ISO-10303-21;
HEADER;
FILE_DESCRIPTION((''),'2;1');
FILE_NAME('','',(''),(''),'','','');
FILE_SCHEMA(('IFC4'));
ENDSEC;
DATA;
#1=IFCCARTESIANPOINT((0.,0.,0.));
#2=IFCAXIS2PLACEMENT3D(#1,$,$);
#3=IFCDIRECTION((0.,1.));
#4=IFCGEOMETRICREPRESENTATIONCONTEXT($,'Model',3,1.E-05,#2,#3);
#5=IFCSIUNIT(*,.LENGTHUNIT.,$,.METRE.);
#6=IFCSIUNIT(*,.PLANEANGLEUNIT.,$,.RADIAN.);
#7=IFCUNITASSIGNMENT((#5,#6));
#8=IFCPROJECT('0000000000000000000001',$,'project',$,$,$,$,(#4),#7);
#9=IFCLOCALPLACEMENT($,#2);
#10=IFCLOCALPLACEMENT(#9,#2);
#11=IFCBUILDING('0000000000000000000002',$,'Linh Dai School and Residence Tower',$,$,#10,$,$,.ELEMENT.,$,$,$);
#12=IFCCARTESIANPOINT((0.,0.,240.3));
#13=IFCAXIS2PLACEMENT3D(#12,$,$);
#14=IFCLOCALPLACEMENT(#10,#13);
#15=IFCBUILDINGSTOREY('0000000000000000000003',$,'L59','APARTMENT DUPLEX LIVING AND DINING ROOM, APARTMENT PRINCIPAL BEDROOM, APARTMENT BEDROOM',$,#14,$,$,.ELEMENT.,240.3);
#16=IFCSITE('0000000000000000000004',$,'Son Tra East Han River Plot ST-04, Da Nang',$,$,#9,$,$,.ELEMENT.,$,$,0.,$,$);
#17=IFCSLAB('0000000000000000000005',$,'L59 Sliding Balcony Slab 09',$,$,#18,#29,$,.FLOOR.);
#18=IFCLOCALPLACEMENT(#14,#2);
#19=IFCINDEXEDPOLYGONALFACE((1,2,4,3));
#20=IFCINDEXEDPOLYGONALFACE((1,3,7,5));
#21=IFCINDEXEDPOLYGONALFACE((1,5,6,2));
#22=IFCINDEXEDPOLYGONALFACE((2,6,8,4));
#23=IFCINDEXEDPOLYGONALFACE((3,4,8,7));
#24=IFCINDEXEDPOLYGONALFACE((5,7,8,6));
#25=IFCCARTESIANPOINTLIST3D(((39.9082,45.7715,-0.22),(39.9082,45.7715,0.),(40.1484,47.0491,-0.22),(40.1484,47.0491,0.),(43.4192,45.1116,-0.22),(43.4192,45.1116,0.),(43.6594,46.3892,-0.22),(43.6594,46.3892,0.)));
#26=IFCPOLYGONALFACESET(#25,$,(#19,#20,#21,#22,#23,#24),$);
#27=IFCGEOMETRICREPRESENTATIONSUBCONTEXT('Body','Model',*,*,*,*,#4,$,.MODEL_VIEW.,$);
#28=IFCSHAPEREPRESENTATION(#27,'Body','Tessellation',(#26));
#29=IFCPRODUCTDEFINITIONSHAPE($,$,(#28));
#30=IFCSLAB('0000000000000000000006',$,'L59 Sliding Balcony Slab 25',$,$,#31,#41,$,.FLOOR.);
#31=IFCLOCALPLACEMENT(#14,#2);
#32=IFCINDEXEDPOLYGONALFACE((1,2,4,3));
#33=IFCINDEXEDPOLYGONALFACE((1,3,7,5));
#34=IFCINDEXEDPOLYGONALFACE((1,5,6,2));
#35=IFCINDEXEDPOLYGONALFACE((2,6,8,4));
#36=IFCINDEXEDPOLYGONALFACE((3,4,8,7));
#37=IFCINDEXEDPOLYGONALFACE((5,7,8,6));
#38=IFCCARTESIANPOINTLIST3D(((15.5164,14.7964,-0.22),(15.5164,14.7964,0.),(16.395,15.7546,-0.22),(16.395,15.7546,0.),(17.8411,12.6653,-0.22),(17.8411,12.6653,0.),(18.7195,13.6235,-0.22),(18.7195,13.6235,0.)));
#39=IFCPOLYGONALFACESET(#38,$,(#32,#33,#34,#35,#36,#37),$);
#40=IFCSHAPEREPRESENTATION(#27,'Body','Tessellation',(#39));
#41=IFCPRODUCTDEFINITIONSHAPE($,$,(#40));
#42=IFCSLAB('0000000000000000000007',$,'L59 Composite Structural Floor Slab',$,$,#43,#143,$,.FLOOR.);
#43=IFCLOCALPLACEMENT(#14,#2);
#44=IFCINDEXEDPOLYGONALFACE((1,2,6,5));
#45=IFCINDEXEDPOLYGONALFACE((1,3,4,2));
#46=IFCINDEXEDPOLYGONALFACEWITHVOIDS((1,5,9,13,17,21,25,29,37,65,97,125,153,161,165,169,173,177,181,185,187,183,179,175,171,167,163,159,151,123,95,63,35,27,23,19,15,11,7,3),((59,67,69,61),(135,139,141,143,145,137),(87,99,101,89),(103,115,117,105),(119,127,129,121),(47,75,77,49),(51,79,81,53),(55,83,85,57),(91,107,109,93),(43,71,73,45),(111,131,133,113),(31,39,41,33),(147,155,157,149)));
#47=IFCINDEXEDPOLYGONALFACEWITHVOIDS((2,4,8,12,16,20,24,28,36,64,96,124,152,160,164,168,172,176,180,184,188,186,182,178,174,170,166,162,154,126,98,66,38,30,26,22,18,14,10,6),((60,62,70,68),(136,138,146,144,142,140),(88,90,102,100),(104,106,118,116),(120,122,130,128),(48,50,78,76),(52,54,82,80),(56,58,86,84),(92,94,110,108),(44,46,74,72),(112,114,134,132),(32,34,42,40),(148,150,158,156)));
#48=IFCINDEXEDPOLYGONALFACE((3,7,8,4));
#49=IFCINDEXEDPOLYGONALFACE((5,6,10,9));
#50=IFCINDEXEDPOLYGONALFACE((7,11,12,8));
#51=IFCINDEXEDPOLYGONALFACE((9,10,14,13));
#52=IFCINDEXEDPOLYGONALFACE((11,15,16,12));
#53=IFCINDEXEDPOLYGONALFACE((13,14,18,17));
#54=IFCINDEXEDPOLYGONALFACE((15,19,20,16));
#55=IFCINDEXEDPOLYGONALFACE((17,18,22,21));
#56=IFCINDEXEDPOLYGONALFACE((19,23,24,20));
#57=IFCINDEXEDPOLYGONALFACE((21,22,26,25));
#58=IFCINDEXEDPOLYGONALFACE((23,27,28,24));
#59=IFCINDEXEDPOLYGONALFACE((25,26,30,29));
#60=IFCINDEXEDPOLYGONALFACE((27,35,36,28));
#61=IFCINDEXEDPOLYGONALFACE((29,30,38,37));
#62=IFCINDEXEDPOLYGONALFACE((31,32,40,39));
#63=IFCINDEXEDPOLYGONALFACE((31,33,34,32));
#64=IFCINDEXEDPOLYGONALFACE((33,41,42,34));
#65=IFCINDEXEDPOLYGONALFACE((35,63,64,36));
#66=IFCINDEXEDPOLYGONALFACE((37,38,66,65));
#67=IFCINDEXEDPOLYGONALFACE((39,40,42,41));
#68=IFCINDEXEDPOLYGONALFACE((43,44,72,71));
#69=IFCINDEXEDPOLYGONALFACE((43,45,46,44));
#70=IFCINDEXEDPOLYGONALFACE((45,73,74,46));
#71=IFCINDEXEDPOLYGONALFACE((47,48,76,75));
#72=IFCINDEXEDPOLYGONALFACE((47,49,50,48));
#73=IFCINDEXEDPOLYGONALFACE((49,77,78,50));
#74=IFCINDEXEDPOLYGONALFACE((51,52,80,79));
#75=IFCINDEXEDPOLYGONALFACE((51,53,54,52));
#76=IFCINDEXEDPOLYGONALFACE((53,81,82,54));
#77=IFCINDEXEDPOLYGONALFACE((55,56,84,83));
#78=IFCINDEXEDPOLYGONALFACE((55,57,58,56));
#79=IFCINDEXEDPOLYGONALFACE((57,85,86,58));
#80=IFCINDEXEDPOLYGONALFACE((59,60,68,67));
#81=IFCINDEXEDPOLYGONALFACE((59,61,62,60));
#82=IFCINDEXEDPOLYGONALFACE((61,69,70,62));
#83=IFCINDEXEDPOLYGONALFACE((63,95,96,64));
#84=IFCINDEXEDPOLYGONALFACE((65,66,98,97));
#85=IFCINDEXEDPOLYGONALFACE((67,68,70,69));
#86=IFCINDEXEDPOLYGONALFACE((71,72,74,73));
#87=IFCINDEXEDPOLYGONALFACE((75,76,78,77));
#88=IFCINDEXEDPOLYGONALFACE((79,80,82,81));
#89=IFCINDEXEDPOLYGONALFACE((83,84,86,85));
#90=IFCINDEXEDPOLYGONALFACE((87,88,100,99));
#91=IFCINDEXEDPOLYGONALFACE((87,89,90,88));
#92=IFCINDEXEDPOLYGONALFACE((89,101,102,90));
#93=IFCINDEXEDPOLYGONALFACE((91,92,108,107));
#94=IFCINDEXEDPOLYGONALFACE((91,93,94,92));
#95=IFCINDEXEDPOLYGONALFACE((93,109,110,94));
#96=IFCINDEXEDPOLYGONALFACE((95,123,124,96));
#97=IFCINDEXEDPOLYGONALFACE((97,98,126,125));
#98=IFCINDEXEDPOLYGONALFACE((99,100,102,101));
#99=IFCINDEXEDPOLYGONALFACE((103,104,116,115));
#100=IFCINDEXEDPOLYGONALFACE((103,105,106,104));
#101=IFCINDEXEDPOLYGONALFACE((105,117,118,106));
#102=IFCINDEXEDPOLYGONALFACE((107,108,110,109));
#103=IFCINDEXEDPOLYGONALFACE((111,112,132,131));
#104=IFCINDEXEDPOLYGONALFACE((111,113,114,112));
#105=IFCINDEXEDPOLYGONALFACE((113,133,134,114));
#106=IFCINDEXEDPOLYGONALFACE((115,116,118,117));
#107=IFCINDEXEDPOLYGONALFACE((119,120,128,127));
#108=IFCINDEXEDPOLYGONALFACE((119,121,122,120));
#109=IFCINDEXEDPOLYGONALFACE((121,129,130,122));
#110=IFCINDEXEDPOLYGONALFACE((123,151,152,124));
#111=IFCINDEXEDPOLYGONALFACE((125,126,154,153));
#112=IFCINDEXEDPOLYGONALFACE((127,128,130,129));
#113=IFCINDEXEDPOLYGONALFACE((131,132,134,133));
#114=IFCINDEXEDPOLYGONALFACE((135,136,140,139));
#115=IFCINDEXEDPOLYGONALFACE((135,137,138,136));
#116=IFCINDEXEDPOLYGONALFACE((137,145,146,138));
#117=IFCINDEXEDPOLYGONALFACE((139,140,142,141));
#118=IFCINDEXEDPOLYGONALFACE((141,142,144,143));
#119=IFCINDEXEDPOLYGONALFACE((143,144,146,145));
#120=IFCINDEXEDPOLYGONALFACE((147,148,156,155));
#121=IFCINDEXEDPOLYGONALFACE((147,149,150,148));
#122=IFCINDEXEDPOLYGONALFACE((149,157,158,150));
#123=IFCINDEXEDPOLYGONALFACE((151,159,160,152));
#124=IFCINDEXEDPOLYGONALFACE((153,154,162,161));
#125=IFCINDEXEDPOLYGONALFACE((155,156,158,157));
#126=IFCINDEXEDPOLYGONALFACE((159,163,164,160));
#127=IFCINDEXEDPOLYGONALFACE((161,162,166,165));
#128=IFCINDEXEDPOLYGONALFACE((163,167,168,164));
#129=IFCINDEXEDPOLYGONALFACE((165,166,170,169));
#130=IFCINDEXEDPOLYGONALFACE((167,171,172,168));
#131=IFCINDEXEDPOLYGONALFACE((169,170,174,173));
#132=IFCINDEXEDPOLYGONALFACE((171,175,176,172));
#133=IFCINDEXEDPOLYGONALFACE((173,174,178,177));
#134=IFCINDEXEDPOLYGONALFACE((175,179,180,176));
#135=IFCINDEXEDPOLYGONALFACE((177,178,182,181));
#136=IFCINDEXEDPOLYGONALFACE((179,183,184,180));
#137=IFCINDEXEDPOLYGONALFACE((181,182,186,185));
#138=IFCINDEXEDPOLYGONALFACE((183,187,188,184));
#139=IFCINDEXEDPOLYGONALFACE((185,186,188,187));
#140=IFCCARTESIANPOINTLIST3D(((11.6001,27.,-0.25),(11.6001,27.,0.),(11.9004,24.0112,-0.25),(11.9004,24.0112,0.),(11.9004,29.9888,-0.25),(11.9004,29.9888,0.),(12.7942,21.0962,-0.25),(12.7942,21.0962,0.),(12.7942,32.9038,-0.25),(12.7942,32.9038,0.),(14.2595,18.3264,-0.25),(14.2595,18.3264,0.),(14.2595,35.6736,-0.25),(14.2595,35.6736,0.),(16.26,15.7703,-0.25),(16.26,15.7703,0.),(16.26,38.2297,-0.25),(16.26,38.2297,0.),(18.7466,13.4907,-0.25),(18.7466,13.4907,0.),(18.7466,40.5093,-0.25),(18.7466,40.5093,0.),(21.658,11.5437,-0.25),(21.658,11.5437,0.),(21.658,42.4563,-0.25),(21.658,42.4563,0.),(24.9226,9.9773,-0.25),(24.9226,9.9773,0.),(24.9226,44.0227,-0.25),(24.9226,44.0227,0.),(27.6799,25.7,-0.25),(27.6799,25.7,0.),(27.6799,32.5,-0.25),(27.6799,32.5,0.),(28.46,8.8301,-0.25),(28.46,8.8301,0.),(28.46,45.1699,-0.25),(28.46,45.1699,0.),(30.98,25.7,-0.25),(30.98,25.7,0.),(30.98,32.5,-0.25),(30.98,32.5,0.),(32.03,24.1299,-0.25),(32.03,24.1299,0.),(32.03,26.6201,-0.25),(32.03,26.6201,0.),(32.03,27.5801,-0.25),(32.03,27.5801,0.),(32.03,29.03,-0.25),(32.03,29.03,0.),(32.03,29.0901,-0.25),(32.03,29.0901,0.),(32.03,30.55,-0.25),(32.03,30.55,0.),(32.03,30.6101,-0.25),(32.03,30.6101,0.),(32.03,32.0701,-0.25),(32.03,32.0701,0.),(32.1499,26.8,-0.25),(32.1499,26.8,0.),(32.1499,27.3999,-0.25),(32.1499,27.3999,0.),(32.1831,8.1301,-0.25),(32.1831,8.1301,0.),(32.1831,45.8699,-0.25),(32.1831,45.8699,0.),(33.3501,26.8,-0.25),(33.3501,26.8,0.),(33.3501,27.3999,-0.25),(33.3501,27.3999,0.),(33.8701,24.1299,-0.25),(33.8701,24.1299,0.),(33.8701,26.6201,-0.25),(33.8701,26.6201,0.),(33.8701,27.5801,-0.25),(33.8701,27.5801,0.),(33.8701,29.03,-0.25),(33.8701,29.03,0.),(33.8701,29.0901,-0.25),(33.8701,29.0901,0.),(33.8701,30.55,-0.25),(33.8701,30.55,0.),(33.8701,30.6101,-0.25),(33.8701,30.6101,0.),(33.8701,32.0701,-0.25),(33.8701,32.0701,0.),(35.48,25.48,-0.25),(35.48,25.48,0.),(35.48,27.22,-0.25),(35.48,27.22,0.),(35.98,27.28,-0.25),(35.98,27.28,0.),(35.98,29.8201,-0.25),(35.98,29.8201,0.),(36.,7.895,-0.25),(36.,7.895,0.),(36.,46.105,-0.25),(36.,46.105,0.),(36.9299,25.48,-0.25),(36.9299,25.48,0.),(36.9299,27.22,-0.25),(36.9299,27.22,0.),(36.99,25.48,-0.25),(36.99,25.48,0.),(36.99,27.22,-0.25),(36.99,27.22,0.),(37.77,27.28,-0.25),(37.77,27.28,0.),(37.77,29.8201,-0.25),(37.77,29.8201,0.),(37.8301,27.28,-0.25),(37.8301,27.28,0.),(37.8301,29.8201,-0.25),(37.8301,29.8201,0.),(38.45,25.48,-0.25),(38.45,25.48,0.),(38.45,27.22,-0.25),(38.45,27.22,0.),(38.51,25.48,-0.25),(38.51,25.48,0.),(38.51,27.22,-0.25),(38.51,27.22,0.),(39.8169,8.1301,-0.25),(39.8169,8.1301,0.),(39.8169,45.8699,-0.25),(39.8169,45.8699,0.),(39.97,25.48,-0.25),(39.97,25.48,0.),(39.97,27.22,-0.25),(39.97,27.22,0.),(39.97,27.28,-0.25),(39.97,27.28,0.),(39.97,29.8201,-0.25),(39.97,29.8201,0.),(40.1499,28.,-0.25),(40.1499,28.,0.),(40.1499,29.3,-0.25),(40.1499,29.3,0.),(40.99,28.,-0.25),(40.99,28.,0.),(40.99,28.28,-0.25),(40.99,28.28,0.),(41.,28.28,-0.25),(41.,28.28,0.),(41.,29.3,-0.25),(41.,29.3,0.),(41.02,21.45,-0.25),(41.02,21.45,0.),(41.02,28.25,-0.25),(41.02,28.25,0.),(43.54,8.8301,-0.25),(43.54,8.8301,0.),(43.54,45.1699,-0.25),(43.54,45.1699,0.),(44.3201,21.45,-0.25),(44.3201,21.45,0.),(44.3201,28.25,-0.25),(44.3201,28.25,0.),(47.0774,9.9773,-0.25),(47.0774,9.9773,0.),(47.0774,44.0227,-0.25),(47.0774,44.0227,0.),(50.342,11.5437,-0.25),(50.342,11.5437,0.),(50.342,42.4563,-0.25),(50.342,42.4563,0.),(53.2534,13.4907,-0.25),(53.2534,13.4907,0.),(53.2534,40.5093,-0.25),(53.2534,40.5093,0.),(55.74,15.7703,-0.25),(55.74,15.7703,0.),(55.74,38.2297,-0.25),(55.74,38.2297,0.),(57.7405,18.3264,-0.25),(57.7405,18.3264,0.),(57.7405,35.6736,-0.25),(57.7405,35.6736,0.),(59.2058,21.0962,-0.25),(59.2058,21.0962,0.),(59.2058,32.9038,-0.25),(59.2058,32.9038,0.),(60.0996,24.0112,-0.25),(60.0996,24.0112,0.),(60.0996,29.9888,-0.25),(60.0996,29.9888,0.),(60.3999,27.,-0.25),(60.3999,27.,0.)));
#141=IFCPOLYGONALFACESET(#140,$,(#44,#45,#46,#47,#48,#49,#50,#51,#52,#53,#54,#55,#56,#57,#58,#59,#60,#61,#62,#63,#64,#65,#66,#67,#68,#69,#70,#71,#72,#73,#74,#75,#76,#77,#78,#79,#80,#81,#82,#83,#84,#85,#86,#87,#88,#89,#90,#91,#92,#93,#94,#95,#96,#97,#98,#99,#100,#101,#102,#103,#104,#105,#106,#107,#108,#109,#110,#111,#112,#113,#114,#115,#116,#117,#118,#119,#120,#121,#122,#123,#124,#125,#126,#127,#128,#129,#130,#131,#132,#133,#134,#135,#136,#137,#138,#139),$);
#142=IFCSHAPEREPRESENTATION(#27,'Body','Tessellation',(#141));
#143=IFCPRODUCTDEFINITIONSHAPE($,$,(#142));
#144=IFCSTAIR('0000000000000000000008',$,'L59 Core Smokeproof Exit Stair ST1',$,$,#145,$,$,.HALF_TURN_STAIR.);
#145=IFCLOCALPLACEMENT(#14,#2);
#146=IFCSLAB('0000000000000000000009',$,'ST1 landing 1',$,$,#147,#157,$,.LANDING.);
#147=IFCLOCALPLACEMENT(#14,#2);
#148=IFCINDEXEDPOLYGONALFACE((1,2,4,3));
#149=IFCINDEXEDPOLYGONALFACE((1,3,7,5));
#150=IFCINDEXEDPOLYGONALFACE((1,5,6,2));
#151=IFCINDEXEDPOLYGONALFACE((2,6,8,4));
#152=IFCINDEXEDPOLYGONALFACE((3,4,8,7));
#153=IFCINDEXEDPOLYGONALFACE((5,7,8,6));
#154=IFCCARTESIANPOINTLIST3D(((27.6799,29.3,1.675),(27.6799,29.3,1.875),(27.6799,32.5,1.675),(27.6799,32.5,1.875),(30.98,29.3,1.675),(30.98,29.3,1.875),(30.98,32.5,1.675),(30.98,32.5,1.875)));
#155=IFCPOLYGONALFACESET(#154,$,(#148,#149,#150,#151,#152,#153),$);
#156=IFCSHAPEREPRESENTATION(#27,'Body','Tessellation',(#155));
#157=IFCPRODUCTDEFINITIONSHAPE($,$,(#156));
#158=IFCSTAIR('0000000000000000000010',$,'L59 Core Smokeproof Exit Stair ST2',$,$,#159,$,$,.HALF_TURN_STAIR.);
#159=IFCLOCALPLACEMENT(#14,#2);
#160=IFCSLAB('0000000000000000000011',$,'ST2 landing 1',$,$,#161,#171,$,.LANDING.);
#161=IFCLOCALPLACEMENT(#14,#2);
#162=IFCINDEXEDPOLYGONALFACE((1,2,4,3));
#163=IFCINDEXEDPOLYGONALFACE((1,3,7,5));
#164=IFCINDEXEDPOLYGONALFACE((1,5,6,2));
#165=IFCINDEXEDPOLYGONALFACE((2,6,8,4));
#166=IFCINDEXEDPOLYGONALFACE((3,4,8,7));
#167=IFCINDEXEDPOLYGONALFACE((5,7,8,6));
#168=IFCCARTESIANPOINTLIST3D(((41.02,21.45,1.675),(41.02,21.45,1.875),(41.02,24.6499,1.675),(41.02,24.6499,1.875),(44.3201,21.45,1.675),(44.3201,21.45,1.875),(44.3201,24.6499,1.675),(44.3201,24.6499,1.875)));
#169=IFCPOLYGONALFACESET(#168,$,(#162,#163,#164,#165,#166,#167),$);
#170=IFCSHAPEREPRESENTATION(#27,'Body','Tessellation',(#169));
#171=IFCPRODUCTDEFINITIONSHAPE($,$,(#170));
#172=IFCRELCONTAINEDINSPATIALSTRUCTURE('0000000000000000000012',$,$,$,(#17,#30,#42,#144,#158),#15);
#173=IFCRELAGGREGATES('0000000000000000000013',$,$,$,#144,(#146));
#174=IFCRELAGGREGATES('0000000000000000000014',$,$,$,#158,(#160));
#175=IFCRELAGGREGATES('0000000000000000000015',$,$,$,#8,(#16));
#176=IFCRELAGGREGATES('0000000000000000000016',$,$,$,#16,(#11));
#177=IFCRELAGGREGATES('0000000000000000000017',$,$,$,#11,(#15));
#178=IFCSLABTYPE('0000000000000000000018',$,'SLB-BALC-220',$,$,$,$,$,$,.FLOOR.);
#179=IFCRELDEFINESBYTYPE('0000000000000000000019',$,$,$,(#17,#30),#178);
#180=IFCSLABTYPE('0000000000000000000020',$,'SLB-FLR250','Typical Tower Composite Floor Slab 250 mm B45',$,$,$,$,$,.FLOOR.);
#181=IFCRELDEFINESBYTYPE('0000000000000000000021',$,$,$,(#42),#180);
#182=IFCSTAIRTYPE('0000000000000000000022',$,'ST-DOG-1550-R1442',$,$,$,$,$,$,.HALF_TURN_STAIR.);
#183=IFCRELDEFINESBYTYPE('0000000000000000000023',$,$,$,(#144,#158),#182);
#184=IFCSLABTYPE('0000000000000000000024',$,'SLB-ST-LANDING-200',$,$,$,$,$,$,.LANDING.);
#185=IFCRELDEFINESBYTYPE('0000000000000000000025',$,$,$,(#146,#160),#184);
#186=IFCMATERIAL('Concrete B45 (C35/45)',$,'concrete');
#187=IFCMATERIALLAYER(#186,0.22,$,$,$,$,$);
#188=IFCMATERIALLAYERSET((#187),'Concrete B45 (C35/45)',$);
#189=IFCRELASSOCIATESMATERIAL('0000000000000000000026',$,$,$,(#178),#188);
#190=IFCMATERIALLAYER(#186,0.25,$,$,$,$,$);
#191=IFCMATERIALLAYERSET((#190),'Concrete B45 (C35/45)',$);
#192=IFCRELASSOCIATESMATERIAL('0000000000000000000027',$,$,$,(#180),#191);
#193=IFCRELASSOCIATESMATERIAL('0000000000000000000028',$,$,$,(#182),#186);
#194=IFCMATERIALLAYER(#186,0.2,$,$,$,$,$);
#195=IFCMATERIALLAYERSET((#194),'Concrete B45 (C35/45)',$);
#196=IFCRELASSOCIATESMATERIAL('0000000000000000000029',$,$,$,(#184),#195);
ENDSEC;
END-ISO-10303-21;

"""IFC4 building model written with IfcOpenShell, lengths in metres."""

from ifc_helpers import new_model, si_unit, direction, frame, origin, place, context, subcontext, project, spatial, polyline, outline, extrude, material, layer, layer_set, type_object, element, aggregate, save


model = new_model("IFC4")

# Units and contexts
model_context = context("Model", 3, precision=1e-05, world=origin(), true_north=direction((0.0, 1.0)))
body_context = subcontext(model_context, "Body", "Model", "MODEL_VIEW")
ifc_project = project(units=[si_unit("LENGTHUNIT", "METRE"), si_unit("PLANEANGLEUNIT", "RADIAN")], contexts=[model_context])

# Site, building, storey
site_placement = place(None, origin())
site = spatial("IfcSite", under=ifc_project, at=site_placement, Name="Son Tra East Han River Plot ST-04, Da Nang", CompositionType="ELEMENT", RefElevation=0.0)
building_placement = place(site_placement, origin())
building = spatial("IfcBuilding", under=site, at=building_placement, Name="Linh Dai School and Residence Tower", CompositionType="ELEMENT")
storey_placement = place(building_placement, frame((0.0, 0.0, 240.3)))
storey = spatial("IfcBuildingStorey", under=building, at=storey_placement, Name="L59", Description="APARTMENT DUPLEX LIVING AND DINING ROOM, APARTMENT PRINCIPAL BEDROOM, APARTMENT BEDROOM", CompositionType="ELEMENT", Elevation=240.3)

# Slabs
ifc_material_1 = material(Name="Concrete B45 (C35/45)", Category="concrete")
ifc_layer_1 = layer(ifc_material_1, 0.22)
ifc_layer_set_1 = layer_set([ifc_layer_1], Name="Concrete B45 (C35/45)")
slab_type_1 = type_object("IfcSlabType", Name="SLB-BALC-220", PredefinedType="FLOOR", material=ifc_layer_set_1)
slab_1_placement = place(storey_placement, frame((0.0, 0.0, -0.22)))
element("IfcSlab", 1, at=slab_1_placement, inside=storey, type_object=slab_type_1, Name="L59 Sliding Balcony Slab 09", PredefinedType="FLOOR", context=body_context, shape_type="SweptSolid", body=[
    extrude(outline(polyline([(39.9082, 45.7715), (43.4192, 45.1116), (43.6594, 46.3892), (40.1484, 47.0491), (39.9082, 45.7715)])), origin(), (0.0, 0.0, 1.0), 0.22),
])
slab_2_placement = place(storey_placement, frame((0.0, 0.0, -0.22)))
element("IfcSlab", 2, at=slab_2_placement, inside=storey, type_object=slab_type_1, Name="L59 Sliding Balcony Slab 25", PredefinedType="FLOOR", context=body_context, shape_type="SweptSolid", body=[
    extrude(outline(polyline([(18.7195, 13.6235), (16.395, 15.7546), (15.5164, 14.7964), (17.8411, 12.6653), (18.7195, 13.6235)])), origin(), (0.0, 0.0, 1.0), 0.22),
])
ifc_layer_2 = layer(ifc_material_1, 0.25)
ifc_layer_set_2 = layer_set([ifc_layer_2], Name="Concrete B45 (C35/45)")
slab_type_2 = type_object("IfcSlabType", Name="SLB-FLR250", Description="Typical Tower Composite Floor Slab 250 mm B45", PredefinedType="FLOOR", material=ifc_layer_set_2)
slab_3_placement = place(storey_placement, frame((0.0, 0.0, -0.25)))
element("IfcSlab", 3, at=slab_3_placement, inside=storey, type_object=slab_type_2, Name="L59 Composite Structural Floor Slab", PredefinedType="FLOOR", context=body_context, shape_type="SweptSolid", body=[
    extrude(outline(polyline([(60.3999, 27.0), (60.0996, 29.9888), (59.2058, 32.9038), (57.7405, 35.6736), (55.74, 38.2297), (53.2534, 40.5093), (50.342, 42.4563), (47.0774, 44.0227), (43.54, 45.1699), (39.8169, 45.8699), (36.0, 46.105), (32.1831, 45.8699), (28.46, 45.1699), (24.9226, 44.0227), (21.658, 42.4563), (18.7466, 40.5093), (16.26, 38.2297), (14.2595, 35.6736), (12.7942, 32.9038), (11.9004, 29.9888), (11.6001, 27.0), (11.9004, 24.0112), (12.7942, 21.0962), (14.2595, 18.3264), (16.26, 15.7703), (18.7466, 13.4907), (21.658, 11.5437), (24.9226, 9.9773), (28.46, 8.8301), (32.1831, 8.1301), (36.0, 7.895), (39.8169, 8.1301), (43.54, 8.8301), (47.0774, 9.9773), (50.342, 11.5437), (53.2534, 13.4907), (55.74, 15.7703), (57.7405, 18.3264), (59.2058, 21.0962), (60.0996, 24.0112), (60.3999, 27.0)]), holes=[polyline([(30.98, 25.7), (30.98, 32.5), (27.6799, 32.5), (27.6799, 25.7), (30.98, 25.7)]), polyline([(41.02, 28.25), (41.02, 21.45), (44.3201, 21.45), (44.3201, 28.25), (41.02, 28.25)]), polyline([(35.98, 27.28), (37.77, 27.28), (37.77, 29.8201), (35.98, 29.8201), (35.98, 27.28)]), polyline([(32.03, 24.1299), (33.8701, 24.1299), (33.8701, 26.6201), (32.03, 26.6201), (32.03, 24.1299)]), polyline([(37.8301, 27.28), (39.97, 27.28), (39.97, 29.8201), (37.8301, 29.8201), (37.8301, 27.28)]), polyline([(32.03, 27.5801), (33.8701, 27.5801), (33.8701, 29.03), (32.03, 29.03), (32.03, 27.5801)]), polyline([(32.03, 29.0901), (33.8701, 29.0901), (33.8701, 30.55), (32.03, 30.55), (32.03, 29.0901)]), polyline([(32.03, 30.6101), (33.8701, 30.6101), (33.8701, 32.0701), (32.03, 32.0701), (32.03, 30.6101)]), polyline([(35.48, 25.48), (36.9299, 25.48), (36.9299, 27.22), (35.48, 27.22), (35.48, 25.48)]), polyline([(36.99, 25.48), (38.45, 25.48), (38.45, 27.22), (36.99, 27.22), (36.99, 25.48)]), polyline([(38.51, 25.48), (39.97, 25.48), (39.97, 27.22), (38.51, 27.22), (38.51, 25.48)]), polyline([(40.1499, 28.0), (40.1499, 29.3), (41.0, 29.3), (41.0, 28.28), (40.99, 28.28), (40.99, 28.0), (40.1499, 28.0)]), polyline([(32.1499, 26.8), (33.3501, 26.8), (33.3501, 27.3999), (32.1499, 27.3999), (32.1499, 26.8)])]), origin(), (0.0, 0.0, 1.0), 0.25),
])

# Stairs, slabs
stair_type = type_object("IfcStairType", Name="ST-DOG-1550-R1442", PredefinedType="HALF_TURN_STAIR", material=ifc_material_1)
stair_1_placement = place(storey_placement, origin())
stair_1 = element("IfcStair", 4, at=stair_1_placement, inside=storey, type_object=stair_type, Name="L59 Core Smokeproof Exit Stair ST1", PredefinedType="HALF_TURN_STAIR")
ifc_layer_3 = layer(ifc_material_1, 0.2)
ifc_layer_set_3 = layer_set([ifc_layer_3], Name="Concrete B45 (C35/45)")
slab_type_3 = type_object("IfcSlabType", Name="SLB-ST-LANDING-200", PredefinedType="LANDING", material=ifc_layer_set_3)
slab_4_placement = place(storey_placement, frame((0.0, 0.0, 1.675)))
slab_4 = element("IfcSlab", 5, at=slab_4_placement, type_object=slab_type_3, Name="ST1 landing 1", PredefinedType="LANDING", context=body_context, shape_type="SweptSolid", body=[
    extrude(outline(polyline([(30.98, 29.3), (30.98, 32.5), (27.6799, 32.5), (27.6799, 29.3), (30.98, 29.3)])), origin(), (0.0, 0.0, 1.0), 0.2),
])
aggregate(stair_1, [slab_4])
stair_2_placement = place(storey_placement, origin())
stair_2 = element("IfcStair", 6, at=stair_2_placement, inside=storey, type_object=stair_type, Name="L59 Core Smokeproof Exit Stair ST2", PredefinedType="HALF_TURN_STAIR")
slab_5_placement = place(storey_placement, frame((0.0, 0.0, 1.675)))
slab_5 = element("IfcSlab", 7, at=slab_5_placement, type_object=slab_type_3, Name="ST2 landing 1", PredefinedType="LANDING", context=body_context, shape_type="SweptSolid", body=[
    extrude(outline(polyline([(41.02, 24.6499), (41.02, 21.45), (44.3201, 21.45), (44.3201, 24.6499), (41.02, 24.6499)])), origin(), (0.0, 0.0, 1.0), 0.2),
])
aggregate(stair_2, [slab_5])

save(model, "model.ifc")
